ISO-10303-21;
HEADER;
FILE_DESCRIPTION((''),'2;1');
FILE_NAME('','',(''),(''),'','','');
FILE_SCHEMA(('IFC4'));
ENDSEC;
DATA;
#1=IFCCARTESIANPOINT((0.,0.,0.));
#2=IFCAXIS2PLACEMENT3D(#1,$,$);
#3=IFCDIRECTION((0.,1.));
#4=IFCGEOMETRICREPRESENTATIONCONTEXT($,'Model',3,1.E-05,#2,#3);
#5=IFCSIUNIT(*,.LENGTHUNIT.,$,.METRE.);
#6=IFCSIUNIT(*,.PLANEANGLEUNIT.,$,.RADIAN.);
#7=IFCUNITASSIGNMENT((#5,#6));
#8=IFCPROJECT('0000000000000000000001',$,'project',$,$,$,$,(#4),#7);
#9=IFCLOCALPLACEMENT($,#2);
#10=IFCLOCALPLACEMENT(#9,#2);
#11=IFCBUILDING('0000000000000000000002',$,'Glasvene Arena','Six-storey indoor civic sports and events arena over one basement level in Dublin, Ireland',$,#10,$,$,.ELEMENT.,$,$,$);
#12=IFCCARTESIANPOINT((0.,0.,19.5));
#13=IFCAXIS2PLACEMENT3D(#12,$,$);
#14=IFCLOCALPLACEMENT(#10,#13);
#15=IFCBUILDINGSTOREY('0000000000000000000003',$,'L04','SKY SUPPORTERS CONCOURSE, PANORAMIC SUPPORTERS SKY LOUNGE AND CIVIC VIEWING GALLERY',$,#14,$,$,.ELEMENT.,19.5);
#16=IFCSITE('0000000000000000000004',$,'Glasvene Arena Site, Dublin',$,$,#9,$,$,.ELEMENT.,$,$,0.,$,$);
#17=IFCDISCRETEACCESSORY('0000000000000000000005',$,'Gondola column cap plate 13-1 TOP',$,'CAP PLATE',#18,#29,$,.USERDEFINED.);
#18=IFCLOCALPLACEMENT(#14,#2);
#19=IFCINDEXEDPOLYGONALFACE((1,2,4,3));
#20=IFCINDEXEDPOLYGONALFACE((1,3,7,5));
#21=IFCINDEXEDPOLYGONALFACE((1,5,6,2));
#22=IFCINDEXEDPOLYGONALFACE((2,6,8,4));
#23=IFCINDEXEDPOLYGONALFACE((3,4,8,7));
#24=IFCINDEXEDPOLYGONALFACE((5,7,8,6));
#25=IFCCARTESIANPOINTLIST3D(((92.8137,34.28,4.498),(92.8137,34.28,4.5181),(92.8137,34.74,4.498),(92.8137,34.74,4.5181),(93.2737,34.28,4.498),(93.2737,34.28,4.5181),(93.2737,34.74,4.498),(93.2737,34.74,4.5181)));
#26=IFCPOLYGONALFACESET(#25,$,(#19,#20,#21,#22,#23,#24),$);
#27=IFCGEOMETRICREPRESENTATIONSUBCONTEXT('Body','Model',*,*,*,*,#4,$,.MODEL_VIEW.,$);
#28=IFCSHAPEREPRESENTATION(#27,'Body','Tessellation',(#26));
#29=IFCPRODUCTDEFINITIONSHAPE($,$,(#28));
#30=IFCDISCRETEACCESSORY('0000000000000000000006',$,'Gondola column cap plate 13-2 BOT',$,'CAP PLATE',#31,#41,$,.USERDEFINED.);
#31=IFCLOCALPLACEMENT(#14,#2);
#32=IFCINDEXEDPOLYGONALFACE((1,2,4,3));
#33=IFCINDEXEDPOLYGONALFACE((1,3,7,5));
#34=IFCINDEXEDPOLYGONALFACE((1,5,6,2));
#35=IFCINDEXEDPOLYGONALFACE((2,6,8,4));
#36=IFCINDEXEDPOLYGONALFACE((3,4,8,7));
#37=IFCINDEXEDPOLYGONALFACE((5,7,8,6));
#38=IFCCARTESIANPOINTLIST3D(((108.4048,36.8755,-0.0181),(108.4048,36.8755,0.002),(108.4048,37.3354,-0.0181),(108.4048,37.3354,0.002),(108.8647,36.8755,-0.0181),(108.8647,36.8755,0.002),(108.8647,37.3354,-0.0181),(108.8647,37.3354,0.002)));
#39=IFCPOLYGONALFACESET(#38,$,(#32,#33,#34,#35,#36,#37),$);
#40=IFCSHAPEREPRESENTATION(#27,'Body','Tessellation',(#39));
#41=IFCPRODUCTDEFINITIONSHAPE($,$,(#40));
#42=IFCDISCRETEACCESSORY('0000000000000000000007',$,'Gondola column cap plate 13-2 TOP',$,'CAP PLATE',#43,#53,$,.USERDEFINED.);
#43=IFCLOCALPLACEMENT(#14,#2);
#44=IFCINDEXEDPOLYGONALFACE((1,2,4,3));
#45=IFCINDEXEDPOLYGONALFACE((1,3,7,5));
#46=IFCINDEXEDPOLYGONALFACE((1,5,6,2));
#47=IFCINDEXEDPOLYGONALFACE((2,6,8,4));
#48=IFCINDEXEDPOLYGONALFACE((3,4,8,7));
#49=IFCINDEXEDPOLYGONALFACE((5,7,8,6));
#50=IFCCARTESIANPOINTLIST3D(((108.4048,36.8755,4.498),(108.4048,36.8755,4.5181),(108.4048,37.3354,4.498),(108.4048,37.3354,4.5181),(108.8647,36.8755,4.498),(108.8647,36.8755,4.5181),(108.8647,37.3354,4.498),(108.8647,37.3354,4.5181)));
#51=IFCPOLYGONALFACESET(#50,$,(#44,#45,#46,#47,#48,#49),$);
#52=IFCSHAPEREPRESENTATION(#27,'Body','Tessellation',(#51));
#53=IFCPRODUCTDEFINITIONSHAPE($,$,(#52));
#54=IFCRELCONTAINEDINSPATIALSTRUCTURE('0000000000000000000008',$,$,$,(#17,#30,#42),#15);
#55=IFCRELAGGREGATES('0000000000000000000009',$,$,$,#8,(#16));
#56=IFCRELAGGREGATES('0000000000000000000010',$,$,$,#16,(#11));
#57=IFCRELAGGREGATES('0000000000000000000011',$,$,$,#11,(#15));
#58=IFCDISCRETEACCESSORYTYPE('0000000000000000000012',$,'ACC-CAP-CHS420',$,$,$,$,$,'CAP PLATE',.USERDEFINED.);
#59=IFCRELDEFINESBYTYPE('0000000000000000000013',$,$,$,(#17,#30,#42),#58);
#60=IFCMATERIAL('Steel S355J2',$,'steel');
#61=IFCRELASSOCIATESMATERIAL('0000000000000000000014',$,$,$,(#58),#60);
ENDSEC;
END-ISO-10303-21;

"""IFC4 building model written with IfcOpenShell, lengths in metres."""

from ifc_helpers import new_model, si_unit, direction, frame, origin, origin_2d, place, context, subcontext, project, spatial, rectangle, extrude, material, type_object, element, save


model = new_model("IFC4")

# Units and contexts
model_context = context("Model", 3, precision=1e-05, world=origin(), true_north=direction((0.0, 1.0)))
body_context = subcontext(model_context, "Body", "Model", "MODEL_VIEW")
ifc_project = project(units=[si_unit("LENGTHUNIT", "METRE"), si_unit("PLANEANGLEUNIT", "RADIAN")], contexts=[model_context])

# Site, building, storey
site_placement = place(None, origin())
site = spatial("IfcSite", under=ifc_project, at=site_placement, Name="Glasvene Arena Site, Dublin", CompositionType="ELEMENT", RefElevation=0.0)
building_placement = place(site_placement, origin())
building = spatial("IfcBuilding", under=site, at=building_placement, Name="Glasvene Arena", Description="Six-storey indoor civic sports and events arena over one basement level in Dublin, Ireland", CompositionType="ELEMENT")
storey_placement = place(building_placement, frame((0.0, 0.0, 19.5)))
storey = spatial("IfcBuildingStorey", under=building, at=storey_placement, Name="L04", Description="SKY SUPPORTERS CONCOURSE, PANORAMIC SUPPORTERS SKY LOUNGE AND CIVIC VIEWING GALLERY", CompositionType="ELEMENT", Elevation=19.5)

# Shared definitions
ifc_material_1 = material(Name="Steel S355J2", Category="steel")

# Discrete accessories
discrete_accessory_type = type_object("IfcDiscreteAccessoryType", Name="ACC-CAP-CHS420", ElementType="CAP PLATE", PredefinedType="USERDEFINED", material=ifc_material_1)
for number, where, z_axis, x_axis, name in (
    (1, (93.0437, 34.51, 4.498), (0.0, 0.0, 1.0), (1.0, 0.0, 0.0), "Gondola column cap plate 13-1 TOP"),
    (2, (108.6348, 37.1055, -0.0181), (0.0, 0.0, 1.0), (1.0, 0.0, 0.0), "Gondola column cap plate 13-2 BOT"),
    (3, (108.6348, 37.1055, 4.498), (0.0, 0.0, 1.0), (1.0, 0.0, 0.0), "Gondola column cap plate 13-2 TOP"),
):
    element("IfcDiscreteAccessory", number, at=place(storey_placement, frame(where, z_axis=z_axis, x_axis=x_axis)), inside=storey, type_object=discrete_accessory_type, Name=name, ObjectType="CAP PLATE", PredefinedType="USERDEFINED", context=body_context, shape_type="SweptSolid", body=[
        extrude(rectangle(XDim=0.46, YDim=0.46, at=origin_2d()), origin(), (0.0, 0.0, 1.0), 0.02),
    ])

save(model, "model.ifc")
